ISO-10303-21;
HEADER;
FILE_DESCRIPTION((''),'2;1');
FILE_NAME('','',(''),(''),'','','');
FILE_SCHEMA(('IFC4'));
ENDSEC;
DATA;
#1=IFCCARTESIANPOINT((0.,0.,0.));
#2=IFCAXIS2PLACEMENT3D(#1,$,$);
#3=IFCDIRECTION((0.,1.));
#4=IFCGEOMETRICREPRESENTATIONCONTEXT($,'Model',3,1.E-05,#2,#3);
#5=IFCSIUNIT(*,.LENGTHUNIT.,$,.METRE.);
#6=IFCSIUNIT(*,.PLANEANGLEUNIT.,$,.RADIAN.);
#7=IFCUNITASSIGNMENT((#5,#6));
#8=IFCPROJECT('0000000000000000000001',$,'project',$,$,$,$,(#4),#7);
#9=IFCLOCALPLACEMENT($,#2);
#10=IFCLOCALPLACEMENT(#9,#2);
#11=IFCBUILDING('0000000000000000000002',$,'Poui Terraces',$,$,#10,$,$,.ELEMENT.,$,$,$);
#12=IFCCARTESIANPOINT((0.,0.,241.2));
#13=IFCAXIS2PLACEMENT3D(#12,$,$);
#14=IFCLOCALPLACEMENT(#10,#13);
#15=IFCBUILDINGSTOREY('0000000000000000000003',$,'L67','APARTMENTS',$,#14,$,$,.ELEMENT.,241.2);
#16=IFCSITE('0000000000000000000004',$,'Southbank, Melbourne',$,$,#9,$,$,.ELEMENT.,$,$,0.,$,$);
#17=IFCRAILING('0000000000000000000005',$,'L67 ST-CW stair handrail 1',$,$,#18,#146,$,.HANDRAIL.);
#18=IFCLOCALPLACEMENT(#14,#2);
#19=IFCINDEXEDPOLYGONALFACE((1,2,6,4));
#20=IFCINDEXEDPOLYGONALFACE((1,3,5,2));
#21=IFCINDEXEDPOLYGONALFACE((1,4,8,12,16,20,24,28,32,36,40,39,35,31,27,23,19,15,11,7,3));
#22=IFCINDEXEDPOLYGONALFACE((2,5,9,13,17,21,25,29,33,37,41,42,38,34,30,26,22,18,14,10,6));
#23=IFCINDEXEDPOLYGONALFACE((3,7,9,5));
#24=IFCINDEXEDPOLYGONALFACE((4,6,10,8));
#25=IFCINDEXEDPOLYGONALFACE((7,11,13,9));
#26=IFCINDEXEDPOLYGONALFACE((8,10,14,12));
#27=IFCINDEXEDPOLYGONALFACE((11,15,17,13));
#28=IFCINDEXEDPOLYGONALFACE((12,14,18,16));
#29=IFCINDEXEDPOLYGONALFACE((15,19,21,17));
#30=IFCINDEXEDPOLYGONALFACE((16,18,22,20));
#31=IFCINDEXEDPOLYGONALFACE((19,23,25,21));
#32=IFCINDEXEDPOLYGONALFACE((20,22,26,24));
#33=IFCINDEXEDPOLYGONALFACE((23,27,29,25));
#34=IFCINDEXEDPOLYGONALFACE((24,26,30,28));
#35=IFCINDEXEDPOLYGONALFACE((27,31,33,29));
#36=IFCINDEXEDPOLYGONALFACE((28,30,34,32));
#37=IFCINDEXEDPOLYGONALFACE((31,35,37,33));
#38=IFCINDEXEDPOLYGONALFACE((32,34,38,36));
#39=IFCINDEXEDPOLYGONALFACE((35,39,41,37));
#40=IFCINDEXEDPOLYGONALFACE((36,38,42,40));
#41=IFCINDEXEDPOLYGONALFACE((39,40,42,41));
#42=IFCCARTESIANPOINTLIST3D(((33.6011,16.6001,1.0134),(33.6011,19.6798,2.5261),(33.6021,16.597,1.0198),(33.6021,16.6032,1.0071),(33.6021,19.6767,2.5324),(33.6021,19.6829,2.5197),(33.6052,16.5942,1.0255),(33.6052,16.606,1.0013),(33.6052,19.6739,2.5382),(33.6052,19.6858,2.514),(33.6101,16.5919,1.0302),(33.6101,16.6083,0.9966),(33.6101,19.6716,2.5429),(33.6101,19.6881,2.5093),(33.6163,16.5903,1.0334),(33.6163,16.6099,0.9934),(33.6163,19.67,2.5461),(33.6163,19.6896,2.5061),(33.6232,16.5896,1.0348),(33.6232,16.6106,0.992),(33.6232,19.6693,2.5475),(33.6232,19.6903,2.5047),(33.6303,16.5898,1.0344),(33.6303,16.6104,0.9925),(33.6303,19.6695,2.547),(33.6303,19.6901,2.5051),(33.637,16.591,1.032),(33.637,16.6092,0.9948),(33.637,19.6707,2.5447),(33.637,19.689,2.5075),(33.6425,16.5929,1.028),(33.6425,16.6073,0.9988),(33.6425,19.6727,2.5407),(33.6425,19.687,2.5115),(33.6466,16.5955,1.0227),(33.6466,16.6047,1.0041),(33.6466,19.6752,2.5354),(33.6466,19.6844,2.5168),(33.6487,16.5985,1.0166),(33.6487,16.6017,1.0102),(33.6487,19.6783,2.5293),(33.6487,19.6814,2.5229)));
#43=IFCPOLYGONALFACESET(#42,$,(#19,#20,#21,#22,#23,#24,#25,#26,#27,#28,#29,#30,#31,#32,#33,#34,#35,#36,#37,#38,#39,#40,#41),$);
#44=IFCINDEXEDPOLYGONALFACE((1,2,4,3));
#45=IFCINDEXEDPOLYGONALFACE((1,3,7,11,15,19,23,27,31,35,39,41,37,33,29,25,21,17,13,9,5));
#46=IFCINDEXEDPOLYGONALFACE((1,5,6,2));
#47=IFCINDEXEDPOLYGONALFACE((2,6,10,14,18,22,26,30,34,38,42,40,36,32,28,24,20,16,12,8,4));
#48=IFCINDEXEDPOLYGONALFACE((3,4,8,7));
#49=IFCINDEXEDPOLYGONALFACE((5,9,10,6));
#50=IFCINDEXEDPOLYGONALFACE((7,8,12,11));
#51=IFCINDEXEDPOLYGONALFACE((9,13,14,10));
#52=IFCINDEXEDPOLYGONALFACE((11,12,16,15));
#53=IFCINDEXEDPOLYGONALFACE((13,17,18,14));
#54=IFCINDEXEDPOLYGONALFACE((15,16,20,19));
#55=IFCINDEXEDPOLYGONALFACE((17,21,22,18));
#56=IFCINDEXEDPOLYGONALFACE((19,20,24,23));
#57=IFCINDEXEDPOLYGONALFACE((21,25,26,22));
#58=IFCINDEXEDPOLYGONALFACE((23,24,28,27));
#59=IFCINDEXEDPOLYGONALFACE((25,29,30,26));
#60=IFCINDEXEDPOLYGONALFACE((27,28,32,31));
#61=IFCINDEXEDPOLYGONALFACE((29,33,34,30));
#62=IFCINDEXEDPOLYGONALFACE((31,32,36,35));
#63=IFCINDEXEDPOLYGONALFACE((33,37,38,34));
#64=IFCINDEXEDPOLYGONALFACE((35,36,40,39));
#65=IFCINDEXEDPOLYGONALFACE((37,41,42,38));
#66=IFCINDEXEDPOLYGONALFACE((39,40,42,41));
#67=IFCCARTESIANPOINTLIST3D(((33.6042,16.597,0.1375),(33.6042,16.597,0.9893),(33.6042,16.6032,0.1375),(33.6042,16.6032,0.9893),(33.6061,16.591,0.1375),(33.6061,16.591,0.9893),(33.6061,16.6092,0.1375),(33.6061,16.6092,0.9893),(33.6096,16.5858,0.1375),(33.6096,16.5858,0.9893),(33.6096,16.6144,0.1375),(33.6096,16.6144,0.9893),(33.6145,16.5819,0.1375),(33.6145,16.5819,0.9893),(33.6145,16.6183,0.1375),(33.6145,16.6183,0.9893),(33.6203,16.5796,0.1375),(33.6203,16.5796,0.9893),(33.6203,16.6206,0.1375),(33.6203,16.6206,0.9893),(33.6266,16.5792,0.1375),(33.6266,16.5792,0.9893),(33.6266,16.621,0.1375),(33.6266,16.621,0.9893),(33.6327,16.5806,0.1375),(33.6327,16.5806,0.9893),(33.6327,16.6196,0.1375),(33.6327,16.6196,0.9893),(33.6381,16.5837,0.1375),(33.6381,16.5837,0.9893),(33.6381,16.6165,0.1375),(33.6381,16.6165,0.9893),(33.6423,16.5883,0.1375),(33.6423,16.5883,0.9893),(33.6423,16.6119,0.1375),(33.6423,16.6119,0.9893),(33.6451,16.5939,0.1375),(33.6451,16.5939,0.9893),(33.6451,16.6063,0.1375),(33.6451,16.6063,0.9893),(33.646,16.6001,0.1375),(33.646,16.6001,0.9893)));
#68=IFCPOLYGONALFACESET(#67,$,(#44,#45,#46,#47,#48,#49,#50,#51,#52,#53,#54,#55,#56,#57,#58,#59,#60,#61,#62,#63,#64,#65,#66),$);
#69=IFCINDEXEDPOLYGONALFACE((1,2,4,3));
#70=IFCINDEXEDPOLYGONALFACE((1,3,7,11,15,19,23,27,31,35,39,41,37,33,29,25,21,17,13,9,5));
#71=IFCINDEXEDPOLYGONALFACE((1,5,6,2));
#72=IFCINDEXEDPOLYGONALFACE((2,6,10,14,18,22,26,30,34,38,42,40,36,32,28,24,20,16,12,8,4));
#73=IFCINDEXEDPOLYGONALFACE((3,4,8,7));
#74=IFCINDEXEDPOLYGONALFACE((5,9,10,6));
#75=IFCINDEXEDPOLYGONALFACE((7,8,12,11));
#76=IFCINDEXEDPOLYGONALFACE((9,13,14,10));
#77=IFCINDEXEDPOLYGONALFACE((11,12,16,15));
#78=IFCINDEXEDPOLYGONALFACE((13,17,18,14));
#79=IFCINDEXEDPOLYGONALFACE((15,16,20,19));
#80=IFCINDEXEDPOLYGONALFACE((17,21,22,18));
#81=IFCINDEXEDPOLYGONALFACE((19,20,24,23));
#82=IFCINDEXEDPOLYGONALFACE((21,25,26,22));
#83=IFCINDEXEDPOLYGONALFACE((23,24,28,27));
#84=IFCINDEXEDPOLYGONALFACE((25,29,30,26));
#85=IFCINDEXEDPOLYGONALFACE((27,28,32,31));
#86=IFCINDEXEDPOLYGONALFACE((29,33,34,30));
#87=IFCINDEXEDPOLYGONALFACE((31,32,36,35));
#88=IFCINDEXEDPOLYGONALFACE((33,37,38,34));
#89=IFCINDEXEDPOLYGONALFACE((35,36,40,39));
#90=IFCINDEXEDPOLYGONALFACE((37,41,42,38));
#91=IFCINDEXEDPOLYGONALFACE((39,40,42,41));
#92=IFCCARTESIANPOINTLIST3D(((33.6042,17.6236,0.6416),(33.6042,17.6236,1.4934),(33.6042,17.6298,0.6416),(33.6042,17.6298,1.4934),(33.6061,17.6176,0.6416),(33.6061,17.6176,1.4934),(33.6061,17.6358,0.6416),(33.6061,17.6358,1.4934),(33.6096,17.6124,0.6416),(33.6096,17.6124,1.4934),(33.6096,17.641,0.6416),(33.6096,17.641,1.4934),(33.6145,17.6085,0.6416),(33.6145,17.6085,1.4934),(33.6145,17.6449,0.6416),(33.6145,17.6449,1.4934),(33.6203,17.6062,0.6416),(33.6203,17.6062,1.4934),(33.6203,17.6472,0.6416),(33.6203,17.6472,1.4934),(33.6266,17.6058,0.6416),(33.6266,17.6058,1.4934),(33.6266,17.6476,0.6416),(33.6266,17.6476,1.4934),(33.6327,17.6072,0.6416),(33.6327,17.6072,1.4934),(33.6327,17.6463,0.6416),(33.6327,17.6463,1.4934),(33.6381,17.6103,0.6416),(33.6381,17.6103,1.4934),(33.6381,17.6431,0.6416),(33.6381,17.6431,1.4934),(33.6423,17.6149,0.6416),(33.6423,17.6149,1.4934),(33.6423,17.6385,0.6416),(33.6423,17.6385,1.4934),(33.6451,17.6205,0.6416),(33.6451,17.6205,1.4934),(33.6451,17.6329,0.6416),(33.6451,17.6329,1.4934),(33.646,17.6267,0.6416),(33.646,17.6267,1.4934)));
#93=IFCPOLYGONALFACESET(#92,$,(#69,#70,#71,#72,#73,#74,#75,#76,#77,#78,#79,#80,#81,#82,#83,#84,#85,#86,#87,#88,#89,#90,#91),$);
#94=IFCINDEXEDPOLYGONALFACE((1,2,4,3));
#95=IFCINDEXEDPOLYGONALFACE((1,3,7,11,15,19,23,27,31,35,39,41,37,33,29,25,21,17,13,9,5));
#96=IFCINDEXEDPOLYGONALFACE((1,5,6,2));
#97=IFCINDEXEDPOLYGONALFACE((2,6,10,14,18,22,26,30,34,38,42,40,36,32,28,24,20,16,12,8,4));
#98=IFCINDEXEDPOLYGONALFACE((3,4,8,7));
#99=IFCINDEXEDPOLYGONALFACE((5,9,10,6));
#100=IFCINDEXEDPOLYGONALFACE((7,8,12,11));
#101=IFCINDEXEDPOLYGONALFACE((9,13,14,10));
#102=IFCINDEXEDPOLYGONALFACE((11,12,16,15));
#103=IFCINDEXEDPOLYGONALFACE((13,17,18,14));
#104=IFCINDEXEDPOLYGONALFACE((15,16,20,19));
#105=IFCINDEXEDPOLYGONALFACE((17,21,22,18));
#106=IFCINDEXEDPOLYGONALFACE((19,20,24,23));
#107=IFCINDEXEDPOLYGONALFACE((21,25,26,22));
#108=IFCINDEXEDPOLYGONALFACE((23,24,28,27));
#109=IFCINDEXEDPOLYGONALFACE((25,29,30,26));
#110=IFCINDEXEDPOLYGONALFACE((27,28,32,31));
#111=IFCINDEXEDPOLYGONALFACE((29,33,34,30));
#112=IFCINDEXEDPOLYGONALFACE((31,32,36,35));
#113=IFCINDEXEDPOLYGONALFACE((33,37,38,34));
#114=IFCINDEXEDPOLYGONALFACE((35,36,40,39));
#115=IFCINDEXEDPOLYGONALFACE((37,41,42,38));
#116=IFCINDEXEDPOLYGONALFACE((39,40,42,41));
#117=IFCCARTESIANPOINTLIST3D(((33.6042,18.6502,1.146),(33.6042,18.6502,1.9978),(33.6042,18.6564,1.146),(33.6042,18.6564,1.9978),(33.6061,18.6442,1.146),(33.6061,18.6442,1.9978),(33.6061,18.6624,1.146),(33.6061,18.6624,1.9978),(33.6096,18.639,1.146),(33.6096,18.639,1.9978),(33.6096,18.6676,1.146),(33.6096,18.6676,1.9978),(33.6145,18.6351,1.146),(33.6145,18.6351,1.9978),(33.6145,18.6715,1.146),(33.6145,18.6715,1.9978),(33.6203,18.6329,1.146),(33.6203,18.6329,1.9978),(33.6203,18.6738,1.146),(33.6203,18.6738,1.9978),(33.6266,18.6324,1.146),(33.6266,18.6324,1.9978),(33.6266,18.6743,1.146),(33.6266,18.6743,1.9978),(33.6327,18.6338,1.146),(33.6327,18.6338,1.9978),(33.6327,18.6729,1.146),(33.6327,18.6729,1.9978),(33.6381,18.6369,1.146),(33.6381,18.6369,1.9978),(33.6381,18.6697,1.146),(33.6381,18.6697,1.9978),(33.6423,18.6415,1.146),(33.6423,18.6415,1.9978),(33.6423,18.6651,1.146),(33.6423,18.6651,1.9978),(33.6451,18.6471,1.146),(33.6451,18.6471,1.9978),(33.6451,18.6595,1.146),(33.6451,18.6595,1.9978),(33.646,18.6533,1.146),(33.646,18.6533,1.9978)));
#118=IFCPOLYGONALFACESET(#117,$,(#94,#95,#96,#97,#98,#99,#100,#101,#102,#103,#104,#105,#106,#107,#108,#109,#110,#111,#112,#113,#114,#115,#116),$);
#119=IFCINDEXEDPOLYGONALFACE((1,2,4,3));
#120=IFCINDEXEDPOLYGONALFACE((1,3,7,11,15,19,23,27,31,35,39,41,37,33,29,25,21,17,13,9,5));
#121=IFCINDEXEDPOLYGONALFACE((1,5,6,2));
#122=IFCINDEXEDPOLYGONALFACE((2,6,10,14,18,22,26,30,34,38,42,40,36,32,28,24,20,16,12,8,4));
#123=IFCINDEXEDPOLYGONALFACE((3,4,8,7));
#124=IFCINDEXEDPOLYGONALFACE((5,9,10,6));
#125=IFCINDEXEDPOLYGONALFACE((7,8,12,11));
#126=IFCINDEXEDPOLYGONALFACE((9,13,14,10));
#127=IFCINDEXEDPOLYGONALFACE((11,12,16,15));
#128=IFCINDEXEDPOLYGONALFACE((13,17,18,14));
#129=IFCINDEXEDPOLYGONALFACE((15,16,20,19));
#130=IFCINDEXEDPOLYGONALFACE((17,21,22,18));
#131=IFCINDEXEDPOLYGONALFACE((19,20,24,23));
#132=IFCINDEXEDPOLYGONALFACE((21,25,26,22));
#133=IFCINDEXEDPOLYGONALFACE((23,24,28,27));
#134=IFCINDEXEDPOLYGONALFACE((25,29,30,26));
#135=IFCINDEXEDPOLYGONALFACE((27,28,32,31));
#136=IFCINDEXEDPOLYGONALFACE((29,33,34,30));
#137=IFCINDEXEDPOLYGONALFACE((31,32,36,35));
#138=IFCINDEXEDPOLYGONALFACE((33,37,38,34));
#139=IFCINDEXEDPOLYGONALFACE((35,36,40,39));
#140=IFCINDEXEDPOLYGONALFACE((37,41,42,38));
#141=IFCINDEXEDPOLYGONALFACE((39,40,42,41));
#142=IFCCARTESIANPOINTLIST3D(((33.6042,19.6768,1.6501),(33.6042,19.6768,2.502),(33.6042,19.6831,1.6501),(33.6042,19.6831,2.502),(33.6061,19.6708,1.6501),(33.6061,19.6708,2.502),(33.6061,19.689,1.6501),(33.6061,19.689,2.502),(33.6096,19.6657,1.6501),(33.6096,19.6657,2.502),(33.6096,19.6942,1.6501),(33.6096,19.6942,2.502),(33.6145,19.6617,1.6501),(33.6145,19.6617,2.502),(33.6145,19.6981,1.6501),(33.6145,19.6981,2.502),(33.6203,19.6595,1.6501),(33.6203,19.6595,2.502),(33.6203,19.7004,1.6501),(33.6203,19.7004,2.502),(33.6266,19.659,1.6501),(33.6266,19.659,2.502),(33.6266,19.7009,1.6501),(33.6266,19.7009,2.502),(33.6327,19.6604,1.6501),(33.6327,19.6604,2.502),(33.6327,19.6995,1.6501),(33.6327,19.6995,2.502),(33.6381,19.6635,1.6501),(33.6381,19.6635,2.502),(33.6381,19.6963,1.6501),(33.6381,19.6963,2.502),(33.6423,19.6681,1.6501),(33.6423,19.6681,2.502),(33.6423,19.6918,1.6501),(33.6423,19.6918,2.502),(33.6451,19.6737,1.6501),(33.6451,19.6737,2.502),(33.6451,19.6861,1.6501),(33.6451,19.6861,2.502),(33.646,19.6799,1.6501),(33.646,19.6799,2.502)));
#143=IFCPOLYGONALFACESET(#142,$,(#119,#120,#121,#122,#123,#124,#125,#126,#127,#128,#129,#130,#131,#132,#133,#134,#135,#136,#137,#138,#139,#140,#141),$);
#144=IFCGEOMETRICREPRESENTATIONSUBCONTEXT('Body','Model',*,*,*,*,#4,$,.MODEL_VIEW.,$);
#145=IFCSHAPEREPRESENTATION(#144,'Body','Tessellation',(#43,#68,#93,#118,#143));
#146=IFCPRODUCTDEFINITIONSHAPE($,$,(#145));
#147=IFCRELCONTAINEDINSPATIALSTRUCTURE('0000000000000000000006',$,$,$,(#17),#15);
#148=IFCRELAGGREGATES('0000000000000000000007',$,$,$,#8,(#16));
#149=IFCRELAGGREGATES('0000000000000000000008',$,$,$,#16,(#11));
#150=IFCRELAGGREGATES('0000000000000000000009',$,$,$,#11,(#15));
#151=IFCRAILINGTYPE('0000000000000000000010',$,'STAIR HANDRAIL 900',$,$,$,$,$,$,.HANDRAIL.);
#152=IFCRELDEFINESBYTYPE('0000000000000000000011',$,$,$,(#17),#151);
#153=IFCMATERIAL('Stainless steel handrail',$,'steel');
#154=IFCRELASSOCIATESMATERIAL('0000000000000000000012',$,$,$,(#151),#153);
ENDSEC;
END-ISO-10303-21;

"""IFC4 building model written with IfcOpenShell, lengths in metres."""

from ifc_helpers import new_model, si_unit, direction, frame, origin, origin_2d, place, context, subcontext, project, spatial, circle, extrude, material, type_object, element, save


model = new_model("IFC4")

# Units and contexts
model_context = context("Model", 3, precision=1e-05, world=origin(), true_north=direction((0.0, 1.0)))
body_context = subcontext(model_context, "Body", "Model", "MODEL_VIEW")
ifc_project = project(units=[si_unit("LENGTHUNIT", "METRE"), si_unit("PLANEANGLEUNIT", "RADIAN")], contexts=[model_context])

# Site, building, storey
site_placement = place(None, origin())
site = spatial("IfcSite", under=ifc_project, at=site_placement, Name="Southbank, Melbourne", CompositionType="ELEMENT", RefElevation=0.0)
building_placement = place(site_placement, origin())
building = spatial("IfcBuilding", under=site, at=building_placement, Name="Poui Terraces", CompositionType="ELEMENT")
storey_placement = place(building_placement, frame((0.0, 0.0, 241.2)))
storey = spatial("IfcBuildingStorey", under=building, at=storey_placement, Name="L67", Description="APARTMENTS", CompositionType="ELEMENT", Elevation=241.2)

# Railing
ifc_material_1 = material(Name="Stainless steel handrail", Category="steel")
railing_type_1 = type_object("IfcRailingType", Name="STAIR HANDRAIL 900", PredefinedType="HANDRAIL", material=ifc_material_1)
railing_1_placement = place(storey_placement, frame((33.625, 16.6001, 0.1375)))
element("IfcRailing", 1, at=railing_1_placement, inside=storey, type_object=railing_type_1, Name="L67 ST-CW stair handrail 1", PredefinedType="HANDRAIL", context=body_context, shape_type="SweptSolid", body=[
    extrude(circle(Radius=0.0239, at=origin_2d()), frame((0.0, 0.0, 0.876), z_axis=(0.0, 0.897578, 0.440856), x_axis=(-1.0, 0.0, 0.0)), (0.0, 0.0, 1.0), 3.4312),
    extrude(circle(Radius=0.021, at=origin_2d()), origin(), (0.0, 0.0, 1.0), 0.8518),
    extrude(circle(Radius=0.021, at=origin_2d()), frame((0.0, 1.0266, 0.5042)), (0.0, 0.0, 1.0), 0.8518),
    extrude(circle(Radius=0.021, at=origin_2d()), frame((0.0, 2.0532, 1.0085)), (0.0, 0.0, 1.0), 0.8518),
    extrude(circle(Radius=0.021, at=origin_2d()), frame((0.0, 3.0798, 1.5127)), (0.0, 0.0, 1.0), 0.8518),
])

save(model, "model.ifc")
